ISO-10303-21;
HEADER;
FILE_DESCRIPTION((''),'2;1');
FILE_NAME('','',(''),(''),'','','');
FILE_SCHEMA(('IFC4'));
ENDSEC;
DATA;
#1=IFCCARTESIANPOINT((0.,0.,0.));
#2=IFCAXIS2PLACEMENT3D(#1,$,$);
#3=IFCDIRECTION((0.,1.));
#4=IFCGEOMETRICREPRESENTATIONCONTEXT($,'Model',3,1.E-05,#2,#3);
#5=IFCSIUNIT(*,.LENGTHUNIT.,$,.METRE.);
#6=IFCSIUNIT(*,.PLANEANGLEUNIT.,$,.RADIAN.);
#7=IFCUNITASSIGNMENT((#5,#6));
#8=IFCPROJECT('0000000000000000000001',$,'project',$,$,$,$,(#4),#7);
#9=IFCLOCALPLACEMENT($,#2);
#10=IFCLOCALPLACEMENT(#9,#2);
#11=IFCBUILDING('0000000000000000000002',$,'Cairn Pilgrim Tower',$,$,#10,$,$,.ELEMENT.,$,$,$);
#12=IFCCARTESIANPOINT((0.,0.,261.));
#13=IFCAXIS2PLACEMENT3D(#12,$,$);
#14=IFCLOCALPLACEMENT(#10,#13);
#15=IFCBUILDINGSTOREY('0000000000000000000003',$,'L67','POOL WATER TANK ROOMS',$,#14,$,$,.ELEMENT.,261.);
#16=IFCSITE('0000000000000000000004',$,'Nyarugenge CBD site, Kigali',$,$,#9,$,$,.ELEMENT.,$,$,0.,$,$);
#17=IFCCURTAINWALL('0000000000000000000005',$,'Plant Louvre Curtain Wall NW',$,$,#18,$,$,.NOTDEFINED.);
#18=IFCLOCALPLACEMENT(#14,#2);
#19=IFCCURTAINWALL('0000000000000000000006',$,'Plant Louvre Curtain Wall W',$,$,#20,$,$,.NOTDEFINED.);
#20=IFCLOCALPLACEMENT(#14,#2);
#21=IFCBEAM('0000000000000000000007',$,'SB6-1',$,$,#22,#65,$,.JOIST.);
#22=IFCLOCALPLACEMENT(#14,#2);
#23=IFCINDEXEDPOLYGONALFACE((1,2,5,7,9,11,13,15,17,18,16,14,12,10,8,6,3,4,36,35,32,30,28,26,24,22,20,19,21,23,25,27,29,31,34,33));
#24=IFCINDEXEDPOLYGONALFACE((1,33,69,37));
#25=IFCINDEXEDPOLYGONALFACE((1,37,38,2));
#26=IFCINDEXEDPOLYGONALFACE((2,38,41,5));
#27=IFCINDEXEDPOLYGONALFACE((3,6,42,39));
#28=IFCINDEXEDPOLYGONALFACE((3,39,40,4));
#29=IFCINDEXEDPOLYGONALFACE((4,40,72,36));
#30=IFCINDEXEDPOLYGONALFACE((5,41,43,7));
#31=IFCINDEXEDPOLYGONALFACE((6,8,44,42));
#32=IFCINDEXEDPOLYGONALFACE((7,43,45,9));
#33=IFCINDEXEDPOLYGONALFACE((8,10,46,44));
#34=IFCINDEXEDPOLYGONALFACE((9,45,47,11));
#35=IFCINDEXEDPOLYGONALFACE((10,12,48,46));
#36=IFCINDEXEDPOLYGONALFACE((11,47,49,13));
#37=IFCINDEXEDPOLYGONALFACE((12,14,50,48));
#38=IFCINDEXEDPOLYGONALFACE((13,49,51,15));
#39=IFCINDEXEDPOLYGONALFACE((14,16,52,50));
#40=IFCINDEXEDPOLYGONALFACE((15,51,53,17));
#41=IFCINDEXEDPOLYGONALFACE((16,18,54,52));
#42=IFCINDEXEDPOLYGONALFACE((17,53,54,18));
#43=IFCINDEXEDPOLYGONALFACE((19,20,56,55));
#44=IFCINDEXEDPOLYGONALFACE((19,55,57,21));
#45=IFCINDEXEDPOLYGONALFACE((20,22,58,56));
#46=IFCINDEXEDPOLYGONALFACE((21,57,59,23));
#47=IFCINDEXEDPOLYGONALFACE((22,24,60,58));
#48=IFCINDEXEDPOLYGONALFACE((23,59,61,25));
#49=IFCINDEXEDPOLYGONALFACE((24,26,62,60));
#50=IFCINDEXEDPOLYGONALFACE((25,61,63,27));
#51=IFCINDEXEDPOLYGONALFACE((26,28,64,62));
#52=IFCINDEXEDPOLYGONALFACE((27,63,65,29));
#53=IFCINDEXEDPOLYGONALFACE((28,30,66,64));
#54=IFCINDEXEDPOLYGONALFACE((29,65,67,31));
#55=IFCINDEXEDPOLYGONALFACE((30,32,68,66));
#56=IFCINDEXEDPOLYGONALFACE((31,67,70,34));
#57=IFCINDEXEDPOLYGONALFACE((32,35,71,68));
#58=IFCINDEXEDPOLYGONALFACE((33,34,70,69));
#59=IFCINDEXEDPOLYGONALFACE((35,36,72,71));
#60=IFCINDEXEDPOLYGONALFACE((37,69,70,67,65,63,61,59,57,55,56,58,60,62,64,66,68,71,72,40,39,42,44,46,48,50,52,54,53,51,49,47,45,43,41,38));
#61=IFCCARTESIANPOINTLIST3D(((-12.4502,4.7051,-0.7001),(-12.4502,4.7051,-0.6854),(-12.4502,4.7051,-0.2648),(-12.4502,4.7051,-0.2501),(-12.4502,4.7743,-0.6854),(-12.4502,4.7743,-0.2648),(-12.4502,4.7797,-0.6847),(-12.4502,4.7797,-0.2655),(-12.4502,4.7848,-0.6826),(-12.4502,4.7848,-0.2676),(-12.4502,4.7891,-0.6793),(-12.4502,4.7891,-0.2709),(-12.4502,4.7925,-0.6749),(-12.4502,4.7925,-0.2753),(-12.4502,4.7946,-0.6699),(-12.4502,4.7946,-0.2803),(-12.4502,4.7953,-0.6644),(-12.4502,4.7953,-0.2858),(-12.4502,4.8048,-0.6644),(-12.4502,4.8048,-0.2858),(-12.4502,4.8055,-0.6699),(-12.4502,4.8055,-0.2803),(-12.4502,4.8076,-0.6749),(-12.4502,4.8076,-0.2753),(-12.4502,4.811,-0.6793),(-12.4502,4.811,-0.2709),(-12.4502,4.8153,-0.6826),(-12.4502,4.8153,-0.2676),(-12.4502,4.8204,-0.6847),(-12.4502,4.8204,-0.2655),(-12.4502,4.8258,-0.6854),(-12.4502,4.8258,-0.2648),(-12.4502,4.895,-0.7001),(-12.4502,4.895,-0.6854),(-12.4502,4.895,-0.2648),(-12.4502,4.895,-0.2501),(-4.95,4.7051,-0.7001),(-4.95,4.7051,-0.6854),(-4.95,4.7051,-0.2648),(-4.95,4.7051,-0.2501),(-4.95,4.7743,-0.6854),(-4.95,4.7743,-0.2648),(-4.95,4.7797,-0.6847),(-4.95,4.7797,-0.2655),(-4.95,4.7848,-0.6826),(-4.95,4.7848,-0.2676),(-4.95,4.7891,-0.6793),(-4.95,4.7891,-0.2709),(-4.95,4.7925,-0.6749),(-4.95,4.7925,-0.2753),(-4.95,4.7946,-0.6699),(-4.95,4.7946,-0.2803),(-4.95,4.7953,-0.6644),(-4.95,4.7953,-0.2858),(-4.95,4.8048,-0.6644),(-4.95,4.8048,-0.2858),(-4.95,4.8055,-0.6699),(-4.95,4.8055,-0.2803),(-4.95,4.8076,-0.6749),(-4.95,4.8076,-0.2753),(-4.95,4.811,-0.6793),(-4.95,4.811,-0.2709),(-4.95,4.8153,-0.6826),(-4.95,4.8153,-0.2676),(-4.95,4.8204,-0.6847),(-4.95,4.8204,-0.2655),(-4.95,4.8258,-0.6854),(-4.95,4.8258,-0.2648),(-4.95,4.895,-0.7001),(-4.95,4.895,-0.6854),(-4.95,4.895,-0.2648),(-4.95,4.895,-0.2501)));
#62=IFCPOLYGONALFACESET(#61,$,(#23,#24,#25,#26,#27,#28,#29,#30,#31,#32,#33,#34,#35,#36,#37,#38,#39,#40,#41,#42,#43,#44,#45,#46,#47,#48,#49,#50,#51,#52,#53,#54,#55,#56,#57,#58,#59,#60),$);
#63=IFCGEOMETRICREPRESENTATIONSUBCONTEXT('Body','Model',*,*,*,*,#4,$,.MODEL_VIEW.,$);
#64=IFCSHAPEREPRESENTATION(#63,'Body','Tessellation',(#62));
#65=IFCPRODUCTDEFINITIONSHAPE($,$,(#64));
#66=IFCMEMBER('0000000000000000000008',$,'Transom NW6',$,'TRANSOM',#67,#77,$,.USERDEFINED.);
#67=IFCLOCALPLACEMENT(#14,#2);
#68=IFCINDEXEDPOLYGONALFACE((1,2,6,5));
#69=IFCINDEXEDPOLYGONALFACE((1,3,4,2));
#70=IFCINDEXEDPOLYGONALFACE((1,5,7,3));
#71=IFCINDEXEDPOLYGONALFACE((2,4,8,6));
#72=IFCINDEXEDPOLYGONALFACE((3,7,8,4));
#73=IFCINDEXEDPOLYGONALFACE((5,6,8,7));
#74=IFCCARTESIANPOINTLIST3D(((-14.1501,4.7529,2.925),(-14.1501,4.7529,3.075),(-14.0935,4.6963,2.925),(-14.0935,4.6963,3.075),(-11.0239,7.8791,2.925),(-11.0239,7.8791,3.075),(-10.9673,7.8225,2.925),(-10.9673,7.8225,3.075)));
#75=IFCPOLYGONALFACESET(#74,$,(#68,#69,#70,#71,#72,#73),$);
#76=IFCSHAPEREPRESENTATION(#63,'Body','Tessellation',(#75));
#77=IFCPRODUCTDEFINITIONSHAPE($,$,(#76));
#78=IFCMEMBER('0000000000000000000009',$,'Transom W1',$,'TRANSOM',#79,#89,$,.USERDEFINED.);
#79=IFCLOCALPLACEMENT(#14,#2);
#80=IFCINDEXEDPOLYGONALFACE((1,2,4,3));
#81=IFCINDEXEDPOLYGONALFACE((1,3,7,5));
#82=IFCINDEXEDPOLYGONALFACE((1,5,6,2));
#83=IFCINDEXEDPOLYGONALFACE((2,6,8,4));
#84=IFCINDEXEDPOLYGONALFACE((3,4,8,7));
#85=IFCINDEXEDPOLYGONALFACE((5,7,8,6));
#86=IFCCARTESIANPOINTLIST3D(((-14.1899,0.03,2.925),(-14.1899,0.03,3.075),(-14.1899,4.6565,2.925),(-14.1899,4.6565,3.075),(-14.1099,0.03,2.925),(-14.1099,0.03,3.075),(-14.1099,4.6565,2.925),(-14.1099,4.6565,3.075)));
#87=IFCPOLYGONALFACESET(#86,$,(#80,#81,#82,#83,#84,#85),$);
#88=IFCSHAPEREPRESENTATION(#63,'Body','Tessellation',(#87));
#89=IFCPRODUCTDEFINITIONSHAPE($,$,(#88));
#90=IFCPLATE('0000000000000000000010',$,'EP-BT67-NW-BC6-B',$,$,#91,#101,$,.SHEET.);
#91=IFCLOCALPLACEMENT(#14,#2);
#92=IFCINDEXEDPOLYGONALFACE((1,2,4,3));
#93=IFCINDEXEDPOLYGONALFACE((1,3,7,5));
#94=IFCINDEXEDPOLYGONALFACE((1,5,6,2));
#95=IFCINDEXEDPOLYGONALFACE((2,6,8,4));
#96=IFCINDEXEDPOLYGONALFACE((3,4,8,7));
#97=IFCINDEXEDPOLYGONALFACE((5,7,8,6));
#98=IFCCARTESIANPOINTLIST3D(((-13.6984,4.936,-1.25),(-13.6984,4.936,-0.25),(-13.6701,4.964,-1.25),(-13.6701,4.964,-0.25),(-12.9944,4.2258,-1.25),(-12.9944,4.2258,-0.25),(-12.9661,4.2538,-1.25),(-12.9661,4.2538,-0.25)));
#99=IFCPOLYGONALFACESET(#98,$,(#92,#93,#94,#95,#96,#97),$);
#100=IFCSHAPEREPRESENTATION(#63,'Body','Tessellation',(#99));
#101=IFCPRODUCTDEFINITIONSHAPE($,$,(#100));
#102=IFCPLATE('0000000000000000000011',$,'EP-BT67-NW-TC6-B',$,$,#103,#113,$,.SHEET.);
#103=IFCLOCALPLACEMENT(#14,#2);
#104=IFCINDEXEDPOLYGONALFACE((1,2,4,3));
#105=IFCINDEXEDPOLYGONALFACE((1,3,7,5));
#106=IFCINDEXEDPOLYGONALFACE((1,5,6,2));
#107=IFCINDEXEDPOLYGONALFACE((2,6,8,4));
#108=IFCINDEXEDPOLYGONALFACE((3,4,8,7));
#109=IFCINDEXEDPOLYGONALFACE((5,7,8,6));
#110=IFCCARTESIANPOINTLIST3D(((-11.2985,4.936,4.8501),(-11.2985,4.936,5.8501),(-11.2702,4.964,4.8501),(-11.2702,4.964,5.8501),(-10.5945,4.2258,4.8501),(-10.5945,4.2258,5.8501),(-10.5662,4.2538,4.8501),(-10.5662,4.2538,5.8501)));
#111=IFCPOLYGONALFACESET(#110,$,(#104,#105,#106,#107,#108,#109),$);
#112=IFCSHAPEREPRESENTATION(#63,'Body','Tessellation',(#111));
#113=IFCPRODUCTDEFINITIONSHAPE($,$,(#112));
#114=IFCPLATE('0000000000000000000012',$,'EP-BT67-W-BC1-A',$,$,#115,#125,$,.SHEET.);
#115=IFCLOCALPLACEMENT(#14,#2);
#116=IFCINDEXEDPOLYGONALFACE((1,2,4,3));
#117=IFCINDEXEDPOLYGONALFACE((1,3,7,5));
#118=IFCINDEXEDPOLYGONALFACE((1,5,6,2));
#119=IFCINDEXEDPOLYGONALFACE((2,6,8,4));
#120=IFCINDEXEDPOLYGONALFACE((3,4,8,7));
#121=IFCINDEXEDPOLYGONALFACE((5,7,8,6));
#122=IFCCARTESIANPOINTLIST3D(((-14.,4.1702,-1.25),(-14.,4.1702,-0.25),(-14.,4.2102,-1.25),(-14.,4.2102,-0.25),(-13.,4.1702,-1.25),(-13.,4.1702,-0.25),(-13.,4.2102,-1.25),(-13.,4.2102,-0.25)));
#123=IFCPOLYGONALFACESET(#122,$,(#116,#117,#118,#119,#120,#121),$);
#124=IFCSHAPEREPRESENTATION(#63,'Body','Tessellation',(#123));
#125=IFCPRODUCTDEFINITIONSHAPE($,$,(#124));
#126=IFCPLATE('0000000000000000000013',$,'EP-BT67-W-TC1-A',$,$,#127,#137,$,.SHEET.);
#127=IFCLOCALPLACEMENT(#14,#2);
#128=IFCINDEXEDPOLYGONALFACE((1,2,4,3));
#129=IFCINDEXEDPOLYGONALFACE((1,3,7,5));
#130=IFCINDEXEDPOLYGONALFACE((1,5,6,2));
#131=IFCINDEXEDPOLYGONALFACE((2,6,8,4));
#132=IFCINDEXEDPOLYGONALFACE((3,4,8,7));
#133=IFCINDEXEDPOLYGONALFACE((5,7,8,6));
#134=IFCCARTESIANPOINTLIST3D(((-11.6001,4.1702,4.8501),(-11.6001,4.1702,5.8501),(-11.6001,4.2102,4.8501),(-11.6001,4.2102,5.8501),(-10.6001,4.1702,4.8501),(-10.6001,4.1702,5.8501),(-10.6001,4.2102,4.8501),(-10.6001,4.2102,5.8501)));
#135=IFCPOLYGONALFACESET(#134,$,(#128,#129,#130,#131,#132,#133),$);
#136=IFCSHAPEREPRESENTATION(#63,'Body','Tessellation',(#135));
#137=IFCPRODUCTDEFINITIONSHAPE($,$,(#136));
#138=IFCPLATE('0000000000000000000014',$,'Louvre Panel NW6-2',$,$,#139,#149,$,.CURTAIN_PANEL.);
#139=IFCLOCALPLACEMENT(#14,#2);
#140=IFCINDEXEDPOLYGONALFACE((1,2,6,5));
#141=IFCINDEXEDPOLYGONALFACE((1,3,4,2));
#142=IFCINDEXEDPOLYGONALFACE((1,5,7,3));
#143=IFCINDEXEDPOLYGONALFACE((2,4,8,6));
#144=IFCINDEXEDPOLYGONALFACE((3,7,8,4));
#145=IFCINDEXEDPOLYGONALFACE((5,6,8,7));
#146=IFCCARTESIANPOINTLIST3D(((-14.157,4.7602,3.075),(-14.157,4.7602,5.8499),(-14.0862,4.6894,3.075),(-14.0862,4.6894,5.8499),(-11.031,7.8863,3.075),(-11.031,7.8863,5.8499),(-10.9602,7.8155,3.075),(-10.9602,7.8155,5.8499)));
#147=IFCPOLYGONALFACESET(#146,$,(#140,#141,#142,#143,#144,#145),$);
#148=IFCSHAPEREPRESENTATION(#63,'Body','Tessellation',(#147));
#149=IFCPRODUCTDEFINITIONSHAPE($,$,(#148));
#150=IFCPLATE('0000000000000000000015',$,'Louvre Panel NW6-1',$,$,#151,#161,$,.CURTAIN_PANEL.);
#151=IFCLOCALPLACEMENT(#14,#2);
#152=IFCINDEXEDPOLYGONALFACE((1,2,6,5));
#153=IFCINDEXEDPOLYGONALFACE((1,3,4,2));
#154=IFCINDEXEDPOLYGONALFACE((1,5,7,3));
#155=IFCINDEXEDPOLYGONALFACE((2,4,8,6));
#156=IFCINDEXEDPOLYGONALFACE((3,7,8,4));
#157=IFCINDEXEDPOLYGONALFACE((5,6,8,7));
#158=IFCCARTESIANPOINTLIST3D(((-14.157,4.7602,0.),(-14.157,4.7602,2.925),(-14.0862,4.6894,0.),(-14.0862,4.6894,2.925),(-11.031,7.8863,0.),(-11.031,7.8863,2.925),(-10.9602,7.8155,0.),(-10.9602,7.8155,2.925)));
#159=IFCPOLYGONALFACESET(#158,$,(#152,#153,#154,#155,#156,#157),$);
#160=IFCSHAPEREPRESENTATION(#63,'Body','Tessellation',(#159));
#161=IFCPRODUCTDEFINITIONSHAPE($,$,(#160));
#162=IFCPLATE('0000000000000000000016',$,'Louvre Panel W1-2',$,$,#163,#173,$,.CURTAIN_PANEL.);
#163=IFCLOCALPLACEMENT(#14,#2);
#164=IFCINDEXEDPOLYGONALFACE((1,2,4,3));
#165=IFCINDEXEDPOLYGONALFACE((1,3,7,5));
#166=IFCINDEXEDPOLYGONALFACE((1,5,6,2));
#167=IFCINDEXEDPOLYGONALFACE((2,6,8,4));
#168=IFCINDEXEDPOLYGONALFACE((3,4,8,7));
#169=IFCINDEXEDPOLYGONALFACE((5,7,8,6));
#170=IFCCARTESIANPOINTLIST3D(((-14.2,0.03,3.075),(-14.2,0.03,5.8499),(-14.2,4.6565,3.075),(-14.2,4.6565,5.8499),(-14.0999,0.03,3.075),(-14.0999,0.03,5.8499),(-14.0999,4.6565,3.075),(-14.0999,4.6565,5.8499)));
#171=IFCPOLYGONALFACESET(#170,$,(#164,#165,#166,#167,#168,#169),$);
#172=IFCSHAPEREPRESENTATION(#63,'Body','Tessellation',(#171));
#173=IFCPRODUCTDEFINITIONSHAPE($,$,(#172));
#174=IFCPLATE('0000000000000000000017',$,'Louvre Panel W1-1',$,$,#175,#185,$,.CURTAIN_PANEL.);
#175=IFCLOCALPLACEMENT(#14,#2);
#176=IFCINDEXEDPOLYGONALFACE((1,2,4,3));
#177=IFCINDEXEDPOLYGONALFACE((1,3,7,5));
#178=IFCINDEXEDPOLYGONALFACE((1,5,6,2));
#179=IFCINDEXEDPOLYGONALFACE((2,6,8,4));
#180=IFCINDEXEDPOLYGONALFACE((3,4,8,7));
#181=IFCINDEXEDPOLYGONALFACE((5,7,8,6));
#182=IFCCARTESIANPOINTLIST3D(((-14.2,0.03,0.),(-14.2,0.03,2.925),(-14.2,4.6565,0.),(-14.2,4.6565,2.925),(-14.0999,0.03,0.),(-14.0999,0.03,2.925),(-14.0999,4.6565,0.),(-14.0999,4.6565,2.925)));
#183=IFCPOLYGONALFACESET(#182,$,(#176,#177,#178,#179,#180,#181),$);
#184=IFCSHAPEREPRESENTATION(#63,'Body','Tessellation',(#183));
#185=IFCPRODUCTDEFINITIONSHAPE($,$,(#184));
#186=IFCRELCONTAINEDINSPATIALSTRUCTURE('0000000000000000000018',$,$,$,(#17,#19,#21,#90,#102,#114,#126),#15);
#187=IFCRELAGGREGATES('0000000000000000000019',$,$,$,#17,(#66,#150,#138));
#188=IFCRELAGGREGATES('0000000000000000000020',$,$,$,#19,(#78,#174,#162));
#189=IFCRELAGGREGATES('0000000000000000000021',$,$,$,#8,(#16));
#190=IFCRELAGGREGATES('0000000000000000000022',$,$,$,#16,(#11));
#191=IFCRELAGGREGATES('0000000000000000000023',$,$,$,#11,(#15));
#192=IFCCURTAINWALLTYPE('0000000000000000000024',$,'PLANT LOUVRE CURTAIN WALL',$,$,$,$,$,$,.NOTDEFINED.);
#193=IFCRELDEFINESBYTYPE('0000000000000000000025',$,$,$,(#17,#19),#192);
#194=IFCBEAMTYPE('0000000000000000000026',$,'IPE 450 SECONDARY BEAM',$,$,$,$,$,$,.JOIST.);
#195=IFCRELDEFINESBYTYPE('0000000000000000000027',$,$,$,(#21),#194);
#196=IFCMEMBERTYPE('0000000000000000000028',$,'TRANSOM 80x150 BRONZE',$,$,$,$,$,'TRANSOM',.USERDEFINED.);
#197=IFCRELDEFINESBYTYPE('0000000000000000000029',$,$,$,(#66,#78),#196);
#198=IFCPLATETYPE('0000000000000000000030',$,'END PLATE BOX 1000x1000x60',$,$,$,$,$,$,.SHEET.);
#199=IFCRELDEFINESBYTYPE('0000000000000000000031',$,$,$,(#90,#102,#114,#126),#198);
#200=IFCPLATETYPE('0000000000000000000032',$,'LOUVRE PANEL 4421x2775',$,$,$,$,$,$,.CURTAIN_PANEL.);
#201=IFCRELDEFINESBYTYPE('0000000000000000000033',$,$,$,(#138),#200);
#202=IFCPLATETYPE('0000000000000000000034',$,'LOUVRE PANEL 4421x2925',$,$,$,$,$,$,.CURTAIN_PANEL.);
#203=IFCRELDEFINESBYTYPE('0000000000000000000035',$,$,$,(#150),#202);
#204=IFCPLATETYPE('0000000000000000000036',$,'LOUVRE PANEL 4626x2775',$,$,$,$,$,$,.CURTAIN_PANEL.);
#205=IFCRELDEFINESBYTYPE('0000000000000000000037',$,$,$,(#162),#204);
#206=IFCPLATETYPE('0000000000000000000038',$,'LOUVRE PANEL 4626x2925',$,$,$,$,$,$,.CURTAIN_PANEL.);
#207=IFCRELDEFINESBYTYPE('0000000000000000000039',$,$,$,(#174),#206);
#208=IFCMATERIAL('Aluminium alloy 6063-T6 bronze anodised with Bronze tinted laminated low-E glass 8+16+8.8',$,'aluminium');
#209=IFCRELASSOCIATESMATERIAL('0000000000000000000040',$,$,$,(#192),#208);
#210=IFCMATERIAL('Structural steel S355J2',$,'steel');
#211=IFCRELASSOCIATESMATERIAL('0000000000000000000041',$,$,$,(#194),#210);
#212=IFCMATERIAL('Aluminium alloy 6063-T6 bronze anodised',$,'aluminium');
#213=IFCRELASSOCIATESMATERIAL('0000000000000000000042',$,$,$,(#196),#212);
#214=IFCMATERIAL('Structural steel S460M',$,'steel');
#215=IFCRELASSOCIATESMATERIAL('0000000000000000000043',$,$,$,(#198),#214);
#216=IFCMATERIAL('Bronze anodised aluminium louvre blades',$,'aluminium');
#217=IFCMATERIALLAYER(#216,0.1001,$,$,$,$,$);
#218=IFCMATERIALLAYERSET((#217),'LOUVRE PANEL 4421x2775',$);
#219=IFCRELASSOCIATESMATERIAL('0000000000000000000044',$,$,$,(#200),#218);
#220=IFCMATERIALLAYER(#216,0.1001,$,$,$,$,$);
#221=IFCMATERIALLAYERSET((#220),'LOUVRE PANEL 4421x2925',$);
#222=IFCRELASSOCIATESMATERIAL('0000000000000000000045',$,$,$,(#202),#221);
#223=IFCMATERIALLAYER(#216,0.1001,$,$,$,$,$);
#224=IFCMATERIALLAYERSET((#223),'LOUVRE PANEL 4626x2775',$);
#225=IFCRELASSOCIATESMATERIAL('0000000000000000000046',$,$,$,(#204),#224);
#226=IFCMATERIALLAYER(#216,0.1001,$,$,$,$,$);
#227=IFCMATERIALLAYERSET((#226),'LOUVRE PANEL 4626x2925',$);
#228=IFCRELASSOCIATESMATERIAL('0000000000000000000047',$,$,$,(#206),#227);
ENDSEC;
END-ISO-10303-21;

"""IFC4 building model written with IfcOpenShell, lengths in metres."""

from ifc_helpers import new_model, si_unit, direction, frame, origin, origin_2d, place, context, subcontext, project, spatial, rectangle, i_section, extrude, material, layer, layer_set, material_profile, profile_set, type_object, element, aggregate, save


model = new_model("IFC4")

# Units and contexts
model_context = context("Model", 3, precision=1e-05, world=origin(), true_north=direction((0.0, 1.0)))
body_context = subcontext(model_context, "Body", "Model", "MODEL_VIEW")
ifc_project = project(units=[si_unit("LENGTHUNIT", "METRE"), si_unit("PLANEANGLEUNIT", "RADIAN")], contexts=[model_context])

# Site, building, storey
site_placement = place(None, origin())
site = spatial("IfcSite", under=ifc_project, at=site_placement, Name="Nyarugenge CBD site, Kigali", CompositionType="ELEMENT", RefElevation=0.0)
building_placement = place(site_placement, origin())
building = spatial("IfcBuilding", under=site, at=building_placement, Name="Cairn Pilgrim Tower", CompositionType="ELEMENT")
storey_placement = place(building_placement, frame((0.0, 0.0, 261.0)))
storey = spatial("IfcBuildingStorey", under=building, at=storey_placement, Name="L67", Description="POOL WATER TANK ROOMS", CompositionType="ELEMENT", Elevation=261.0)

# Shared definitions
ifc_material_1 = material(Name="Structural steel S460M", Category="steel")
ifc_material_2 = material(Name="Structural steel S355J2", Category="steel")

# Curtain walls
ifc_material_3 = material(Name="Aluminium alloy 6063-T6 bronze anodised with Bronze tinted laminated low-E glass 8+16+8.8", Category="aluminium")
curtain_wall_type = type_object("IfcCurtainWallType", Name="PLANT LOUVRE CURTAIN WALL", PredefinedType="NOTDEFINED", material=ifc_material_3)
curtain_wall_1_placement = place(storey_placement, origin())
curtain_wall_1 = element("IfcCurtainWall", 1, at=curtain_wall_1_placement, inside=storey, type_object=curtain_wall_type, Name="Plant Louvre Curtain Wall NW", PredefinedType="NOTDEFINED")
ifc_material_4 = material(Name="Aluminium alloy 6063-T6 bronze anodised", Category="aluminium")
curtain_wall_2_placement = place(storey_placement, origin())
curtain_wall_2 = element("IfcCurtainWall", 2, at=curtain_wall_2_placement, inside=storey, type_object=curtain_wall_type, Name="Plant Louvre Curtain Wall W", PredefinedType="NOTDEFINED")

# Beam
ifc_material_profile_1 = material_profile(ifc_material_2, i_section(OverallWidth=0.1899, OverallDepth=0.45, WebThickness=0.0095, FlangeThickness=0.0146, FilletRadius=0.021, at=origin_2d()), Name="IPE 450")
ifc_profile_set_1 = profile_set([ifc_material_profile_1], Name="Structural steel S355J2")
beam_type_1 = type_object("IfcBeamType", Name="IPE 450 SECONDARY BEAM", PredefinedType="JOIST", material=ifc_profile_set_1)
beam_1_placement = place(storey_placement, frame((-12.4502, 4.8, -0.4751), z_axis=(1.0, 0.0, 0.0), x_axis=(0.0, 1.0, 0.0)))
element("IfcBeam", 3, at=beam_1_placement, inside=storey, type_object=beam_type_1, Name="SB6-1", PredefinedType="JOIST", context=body_context, shape_type="SweptSolid", body=[
    extrude(i_section(OverallWidth=0.1899, OverallDepth=0.45, WebThickness=0.0095, FlangeThickness=0.0146, FilletRadius=0.021, at=origin_2d()), origin(), (0.0, 0.0, 1.0), 7.5002),
])

# Members
ifc_material_profile_2 = material_profile(ifc_material_4, rectangle(XDim=0.0801, YDim=0.1499, at=origin_2d()), Name="TRANSOM 80x150 BRONZE")
ifc_profile_set_2 = profile_set([ifc_material_profile_2], Name="Aluminium alloy 6063-T6 bronze anodised")
member_type_1 = type_object("IfcMemberType", Name="TRANSOM 80x150 BRONZE", ElementType="TRANSOM", PredefinedType="USERDEFINED", material=ifc_profile_set_2)
member_1_placement = place(storey_placement, frame((-10.9956, 7.8508, 3.0), z_axis=(-0.707107, -0.707107, 0.0), x_axis=(0.707107, -0.707107, 0.0)))
member_1 = element("IfcMember", 4, at=member_1_placement, type_object=member_type_1, Name="Transom NW6", ObjectType="TRANSOM", PredefinedType="USERDEFINED", context=body_context, shape_type="SweptSolid", body=[
    extrude(rectangle(XDim=0.0801, YDim=0.1499, at=origin_2d()), origin(), (0.0, 0.0, 1.0), 4.4211),
])
member_2_placement = place(storey_placement, frame((-14.1499, 4.6565, 3.0), z_axis=(0.0, -1.0, 0.0), x_axis=(1.0, 0.0, 0.0)))
member_2 = element("IfcMember", 5, at=member_2_placement, type_object=member_type_1, Name="Transom W1", ObjectType="TRANSOM", PredefinedType="USERDEFINED", context=body_context, shape_type="SweptSolid", body=[
    extrude(rectangle(XDim=0.0801, YDim=0.1499, at=origin_2d()), origin(), (0.0, 0.0, 1.0), 4.6265),
])

# Plates
ifc_material_profile_3 = material_profile(ifc_material_1, rectangle(XDim=1.0, YDim=1.0, at=origin_2d()), Name="END PLATE BOX 1000x1000x60")
ifc_profile_set_3 = profile_set([ifc_material_profile_3], Name="Structural steel S460M")
plate_type_1 = type_object("IfcPlateType", Name="END PLATE BOX 1000x1000x60", PredefinedType="SHEET", material=ifc_profile_set_3)
for number, where, z_axis, x_axis, name in (
    (6, (-13.3181, 4.6089, -0.75), (-0.710161, -0.704039, 0.0), (0.704039, -0.710161, 0.0), "EP-BT67-NW-BC6-B"),
    (7, (-10.9182, 4.6089, 5.3501), (-0.710161, -0.704039, 0.0), (0.704039, -0.710161, 0.0), "EP-BT67-NW-TC6-B"),
):
    element("IfcPlate", number, at=place(storey_placement, frame(where, z_axis=z_axis, x_axis=x_axis)), inside=storey, type_object=plate_type_1, Name=name, PredefinedType="SHEET", context=body_context, shape_type="SweptSolid", body=[
        extrude(rectangle(XDim=1.0, YDim=1.0, at=origin_2d()), origin(), (0.0, 0.0, 1.0), 0.0398),
    ])
for number, where, z_axis, x_axis, name in (
    (8, (-13.5, 4.1702, -0.75), (0.0, 1.0, 0.0), (-1.0, 0.0, 0.0), "EP-BT67-W-BC1-A"),
    (9, (-11.1001, 4.1702, 5.3501), (0.0, 1.0, 0.0), (-1.0, 0.0, 0.0), "EP-BT67-W-TC1-A"),
):
    element("IfcPlate", number, at=place(storey_placement, frame(where, z_axis=z_axis, x_axis=x_axis)), inside=storey, type_object=plate_type_1, Name=name, PredefinedType="SHEET", context=body_context, shape_type="SweptSolid", body=[
        extrude(rectangle(XDim=1.0, YDim=1.0, at=origin_2d()), origin(), (0.0, 0.0, 1.0), 0.04),
    ])

# Plates
ifc_material_5 = material(Name="Bronze anodised aluminium louvre blades", Category="aluminium")
ifc_layer_1 = layer(ifc_material_5, 0.1001)
ifc_layer_set_1 = layer_set([ifc_layer_1], Name="LOUVRE PANEL 4421x2775")
plate_type_2 = type_object("IfcPlateType", Name="LOUVRE PANEL 4421x2775", PredefinedType="CURTAIN_PANEL", material=ifc_layer_set_1)
plate_1_placement = place(storey_placement, frame((-12.5586, 6.2878, 3.075), z_axis=(0.0, 0.0, 1.0), x_axis=(-0.707107, -0.707107, 0.0)))
plate_1 = element("IfcPlate", 10, at=plate_1_placement, type_object=plate_type_2, Name="Louvre Panel NW6-2", PredefinedType="CURTAIN_PANEL", context=body_context, shape_type="SweptSolid", body=[
    extrude(rectangle(XDim=4.4209, YDim=0.1001, at=origin_2d()), origin(), (0.0, 0.0, 1.0), 2.7749),
])
ifc_layer_2 = layer(ifc_material_5, 0.1001)
ifc_layer_set_2 = layer_set([ifc_layer_2], Name="LOUVRE PANEL 4421x2925")
plate_type_3 = type_object("IfcPlateType", Name="LOUVRE PANEL 4421x2925", PredefinedType="CURTAIN_PANEL", material=ifc_layer_set_2)
plate_2_placement = place(storey_placement, frame((-12.5586, 6.2878, 0.0), z_axis=(0.0, 0.0, 1.0), x_axis=(-0.707107, -0.707107, 0.0)))
plate_2 = element("IfcPlate", 11, at=plate_2_placement, type_object=plate_type_3, Name="Louvre Panel NW6-1", PredefinedType="CURTAIN_PANEL", context=body_context, shape_type="SweptSolid", body=[
    extrude(rectangle(XDim=4.4209, YDim=0.1001, at=origin_2d()), origin(), (0.0, 0.0, 1.0), 2.925),
])
aggregate(curtain_wall_1, [member_1, plate_2, plate_1])
ifc_layer_3 = layer(ifc_material_5, 0.1001)
ifc_layer_set_3 = layer_set([ifc_layer_3], Name="LOUVRE PANEL 4626x2775")
plate_type_4 = type_object("IfcPlateType", Name="LOUVRE PANEL 4626x2775", PredefinedType="CURTAIN_PANEL", material=ifc_layer_set_3)
plate_3_placement = place(storey_placement, frame((-14.1499, 2.3433, 3.075), z_axis=(0.0, 0.0, 1.0), x_axis=(0.0, -1.0, 0.0)))
plate_3 = element("IfcPlate", 12, at=plate_3_placement, type_object=plate_type_4, Name="Louvre Panel W1-2", PredefinedType="CURTAIN_PANEL", context=body_context, shape_type="SweptSolid", body=[
    extrude(rectangle(XDim=4.6265, YDim=0.1001, at=origin_2d()), origin(), (0.0, 0.0, 1.0), 2.7749),
])
ifc_layer_4 = layer(ifc_material_5, 0.1001)
ifc_layer_set_4 = layer_set([ifc_layer_4], Name="LOUVRE PANEL 4626x2925")
plate_type_5 = type_object("IfcPlateType", Name="LOUVRE PANEL 4626x2925", PredefinedType="CURTAIN_PANEL", material=ifc_layer_set_4)
plate_4_placement = place(storey_placement, frame((-14.1499, 2.3433, 0.0), z_axis=(0.0, 0.0, 1.0), x_axis=(0.0, -1.0, 0.0)))
plate_4 = element("IfcPlate", 13, at=plate_4_placement, type_object=plate_type_5, Name="Louvre Panel W1-1", PredefinedType="CURTAIN_PANEL", context=body_context, shape_type="SweptSolid", body=[
    extrude(rectangle(XDim=4.6265, YDim=0.1001, at=origin_2d()), origin(), (0.0, 0.0, 1.0), 2.925),
])
aggregate(curtain_wall_2, [member_2, plate_4, plate_3])

save(model, "model.ifc")
